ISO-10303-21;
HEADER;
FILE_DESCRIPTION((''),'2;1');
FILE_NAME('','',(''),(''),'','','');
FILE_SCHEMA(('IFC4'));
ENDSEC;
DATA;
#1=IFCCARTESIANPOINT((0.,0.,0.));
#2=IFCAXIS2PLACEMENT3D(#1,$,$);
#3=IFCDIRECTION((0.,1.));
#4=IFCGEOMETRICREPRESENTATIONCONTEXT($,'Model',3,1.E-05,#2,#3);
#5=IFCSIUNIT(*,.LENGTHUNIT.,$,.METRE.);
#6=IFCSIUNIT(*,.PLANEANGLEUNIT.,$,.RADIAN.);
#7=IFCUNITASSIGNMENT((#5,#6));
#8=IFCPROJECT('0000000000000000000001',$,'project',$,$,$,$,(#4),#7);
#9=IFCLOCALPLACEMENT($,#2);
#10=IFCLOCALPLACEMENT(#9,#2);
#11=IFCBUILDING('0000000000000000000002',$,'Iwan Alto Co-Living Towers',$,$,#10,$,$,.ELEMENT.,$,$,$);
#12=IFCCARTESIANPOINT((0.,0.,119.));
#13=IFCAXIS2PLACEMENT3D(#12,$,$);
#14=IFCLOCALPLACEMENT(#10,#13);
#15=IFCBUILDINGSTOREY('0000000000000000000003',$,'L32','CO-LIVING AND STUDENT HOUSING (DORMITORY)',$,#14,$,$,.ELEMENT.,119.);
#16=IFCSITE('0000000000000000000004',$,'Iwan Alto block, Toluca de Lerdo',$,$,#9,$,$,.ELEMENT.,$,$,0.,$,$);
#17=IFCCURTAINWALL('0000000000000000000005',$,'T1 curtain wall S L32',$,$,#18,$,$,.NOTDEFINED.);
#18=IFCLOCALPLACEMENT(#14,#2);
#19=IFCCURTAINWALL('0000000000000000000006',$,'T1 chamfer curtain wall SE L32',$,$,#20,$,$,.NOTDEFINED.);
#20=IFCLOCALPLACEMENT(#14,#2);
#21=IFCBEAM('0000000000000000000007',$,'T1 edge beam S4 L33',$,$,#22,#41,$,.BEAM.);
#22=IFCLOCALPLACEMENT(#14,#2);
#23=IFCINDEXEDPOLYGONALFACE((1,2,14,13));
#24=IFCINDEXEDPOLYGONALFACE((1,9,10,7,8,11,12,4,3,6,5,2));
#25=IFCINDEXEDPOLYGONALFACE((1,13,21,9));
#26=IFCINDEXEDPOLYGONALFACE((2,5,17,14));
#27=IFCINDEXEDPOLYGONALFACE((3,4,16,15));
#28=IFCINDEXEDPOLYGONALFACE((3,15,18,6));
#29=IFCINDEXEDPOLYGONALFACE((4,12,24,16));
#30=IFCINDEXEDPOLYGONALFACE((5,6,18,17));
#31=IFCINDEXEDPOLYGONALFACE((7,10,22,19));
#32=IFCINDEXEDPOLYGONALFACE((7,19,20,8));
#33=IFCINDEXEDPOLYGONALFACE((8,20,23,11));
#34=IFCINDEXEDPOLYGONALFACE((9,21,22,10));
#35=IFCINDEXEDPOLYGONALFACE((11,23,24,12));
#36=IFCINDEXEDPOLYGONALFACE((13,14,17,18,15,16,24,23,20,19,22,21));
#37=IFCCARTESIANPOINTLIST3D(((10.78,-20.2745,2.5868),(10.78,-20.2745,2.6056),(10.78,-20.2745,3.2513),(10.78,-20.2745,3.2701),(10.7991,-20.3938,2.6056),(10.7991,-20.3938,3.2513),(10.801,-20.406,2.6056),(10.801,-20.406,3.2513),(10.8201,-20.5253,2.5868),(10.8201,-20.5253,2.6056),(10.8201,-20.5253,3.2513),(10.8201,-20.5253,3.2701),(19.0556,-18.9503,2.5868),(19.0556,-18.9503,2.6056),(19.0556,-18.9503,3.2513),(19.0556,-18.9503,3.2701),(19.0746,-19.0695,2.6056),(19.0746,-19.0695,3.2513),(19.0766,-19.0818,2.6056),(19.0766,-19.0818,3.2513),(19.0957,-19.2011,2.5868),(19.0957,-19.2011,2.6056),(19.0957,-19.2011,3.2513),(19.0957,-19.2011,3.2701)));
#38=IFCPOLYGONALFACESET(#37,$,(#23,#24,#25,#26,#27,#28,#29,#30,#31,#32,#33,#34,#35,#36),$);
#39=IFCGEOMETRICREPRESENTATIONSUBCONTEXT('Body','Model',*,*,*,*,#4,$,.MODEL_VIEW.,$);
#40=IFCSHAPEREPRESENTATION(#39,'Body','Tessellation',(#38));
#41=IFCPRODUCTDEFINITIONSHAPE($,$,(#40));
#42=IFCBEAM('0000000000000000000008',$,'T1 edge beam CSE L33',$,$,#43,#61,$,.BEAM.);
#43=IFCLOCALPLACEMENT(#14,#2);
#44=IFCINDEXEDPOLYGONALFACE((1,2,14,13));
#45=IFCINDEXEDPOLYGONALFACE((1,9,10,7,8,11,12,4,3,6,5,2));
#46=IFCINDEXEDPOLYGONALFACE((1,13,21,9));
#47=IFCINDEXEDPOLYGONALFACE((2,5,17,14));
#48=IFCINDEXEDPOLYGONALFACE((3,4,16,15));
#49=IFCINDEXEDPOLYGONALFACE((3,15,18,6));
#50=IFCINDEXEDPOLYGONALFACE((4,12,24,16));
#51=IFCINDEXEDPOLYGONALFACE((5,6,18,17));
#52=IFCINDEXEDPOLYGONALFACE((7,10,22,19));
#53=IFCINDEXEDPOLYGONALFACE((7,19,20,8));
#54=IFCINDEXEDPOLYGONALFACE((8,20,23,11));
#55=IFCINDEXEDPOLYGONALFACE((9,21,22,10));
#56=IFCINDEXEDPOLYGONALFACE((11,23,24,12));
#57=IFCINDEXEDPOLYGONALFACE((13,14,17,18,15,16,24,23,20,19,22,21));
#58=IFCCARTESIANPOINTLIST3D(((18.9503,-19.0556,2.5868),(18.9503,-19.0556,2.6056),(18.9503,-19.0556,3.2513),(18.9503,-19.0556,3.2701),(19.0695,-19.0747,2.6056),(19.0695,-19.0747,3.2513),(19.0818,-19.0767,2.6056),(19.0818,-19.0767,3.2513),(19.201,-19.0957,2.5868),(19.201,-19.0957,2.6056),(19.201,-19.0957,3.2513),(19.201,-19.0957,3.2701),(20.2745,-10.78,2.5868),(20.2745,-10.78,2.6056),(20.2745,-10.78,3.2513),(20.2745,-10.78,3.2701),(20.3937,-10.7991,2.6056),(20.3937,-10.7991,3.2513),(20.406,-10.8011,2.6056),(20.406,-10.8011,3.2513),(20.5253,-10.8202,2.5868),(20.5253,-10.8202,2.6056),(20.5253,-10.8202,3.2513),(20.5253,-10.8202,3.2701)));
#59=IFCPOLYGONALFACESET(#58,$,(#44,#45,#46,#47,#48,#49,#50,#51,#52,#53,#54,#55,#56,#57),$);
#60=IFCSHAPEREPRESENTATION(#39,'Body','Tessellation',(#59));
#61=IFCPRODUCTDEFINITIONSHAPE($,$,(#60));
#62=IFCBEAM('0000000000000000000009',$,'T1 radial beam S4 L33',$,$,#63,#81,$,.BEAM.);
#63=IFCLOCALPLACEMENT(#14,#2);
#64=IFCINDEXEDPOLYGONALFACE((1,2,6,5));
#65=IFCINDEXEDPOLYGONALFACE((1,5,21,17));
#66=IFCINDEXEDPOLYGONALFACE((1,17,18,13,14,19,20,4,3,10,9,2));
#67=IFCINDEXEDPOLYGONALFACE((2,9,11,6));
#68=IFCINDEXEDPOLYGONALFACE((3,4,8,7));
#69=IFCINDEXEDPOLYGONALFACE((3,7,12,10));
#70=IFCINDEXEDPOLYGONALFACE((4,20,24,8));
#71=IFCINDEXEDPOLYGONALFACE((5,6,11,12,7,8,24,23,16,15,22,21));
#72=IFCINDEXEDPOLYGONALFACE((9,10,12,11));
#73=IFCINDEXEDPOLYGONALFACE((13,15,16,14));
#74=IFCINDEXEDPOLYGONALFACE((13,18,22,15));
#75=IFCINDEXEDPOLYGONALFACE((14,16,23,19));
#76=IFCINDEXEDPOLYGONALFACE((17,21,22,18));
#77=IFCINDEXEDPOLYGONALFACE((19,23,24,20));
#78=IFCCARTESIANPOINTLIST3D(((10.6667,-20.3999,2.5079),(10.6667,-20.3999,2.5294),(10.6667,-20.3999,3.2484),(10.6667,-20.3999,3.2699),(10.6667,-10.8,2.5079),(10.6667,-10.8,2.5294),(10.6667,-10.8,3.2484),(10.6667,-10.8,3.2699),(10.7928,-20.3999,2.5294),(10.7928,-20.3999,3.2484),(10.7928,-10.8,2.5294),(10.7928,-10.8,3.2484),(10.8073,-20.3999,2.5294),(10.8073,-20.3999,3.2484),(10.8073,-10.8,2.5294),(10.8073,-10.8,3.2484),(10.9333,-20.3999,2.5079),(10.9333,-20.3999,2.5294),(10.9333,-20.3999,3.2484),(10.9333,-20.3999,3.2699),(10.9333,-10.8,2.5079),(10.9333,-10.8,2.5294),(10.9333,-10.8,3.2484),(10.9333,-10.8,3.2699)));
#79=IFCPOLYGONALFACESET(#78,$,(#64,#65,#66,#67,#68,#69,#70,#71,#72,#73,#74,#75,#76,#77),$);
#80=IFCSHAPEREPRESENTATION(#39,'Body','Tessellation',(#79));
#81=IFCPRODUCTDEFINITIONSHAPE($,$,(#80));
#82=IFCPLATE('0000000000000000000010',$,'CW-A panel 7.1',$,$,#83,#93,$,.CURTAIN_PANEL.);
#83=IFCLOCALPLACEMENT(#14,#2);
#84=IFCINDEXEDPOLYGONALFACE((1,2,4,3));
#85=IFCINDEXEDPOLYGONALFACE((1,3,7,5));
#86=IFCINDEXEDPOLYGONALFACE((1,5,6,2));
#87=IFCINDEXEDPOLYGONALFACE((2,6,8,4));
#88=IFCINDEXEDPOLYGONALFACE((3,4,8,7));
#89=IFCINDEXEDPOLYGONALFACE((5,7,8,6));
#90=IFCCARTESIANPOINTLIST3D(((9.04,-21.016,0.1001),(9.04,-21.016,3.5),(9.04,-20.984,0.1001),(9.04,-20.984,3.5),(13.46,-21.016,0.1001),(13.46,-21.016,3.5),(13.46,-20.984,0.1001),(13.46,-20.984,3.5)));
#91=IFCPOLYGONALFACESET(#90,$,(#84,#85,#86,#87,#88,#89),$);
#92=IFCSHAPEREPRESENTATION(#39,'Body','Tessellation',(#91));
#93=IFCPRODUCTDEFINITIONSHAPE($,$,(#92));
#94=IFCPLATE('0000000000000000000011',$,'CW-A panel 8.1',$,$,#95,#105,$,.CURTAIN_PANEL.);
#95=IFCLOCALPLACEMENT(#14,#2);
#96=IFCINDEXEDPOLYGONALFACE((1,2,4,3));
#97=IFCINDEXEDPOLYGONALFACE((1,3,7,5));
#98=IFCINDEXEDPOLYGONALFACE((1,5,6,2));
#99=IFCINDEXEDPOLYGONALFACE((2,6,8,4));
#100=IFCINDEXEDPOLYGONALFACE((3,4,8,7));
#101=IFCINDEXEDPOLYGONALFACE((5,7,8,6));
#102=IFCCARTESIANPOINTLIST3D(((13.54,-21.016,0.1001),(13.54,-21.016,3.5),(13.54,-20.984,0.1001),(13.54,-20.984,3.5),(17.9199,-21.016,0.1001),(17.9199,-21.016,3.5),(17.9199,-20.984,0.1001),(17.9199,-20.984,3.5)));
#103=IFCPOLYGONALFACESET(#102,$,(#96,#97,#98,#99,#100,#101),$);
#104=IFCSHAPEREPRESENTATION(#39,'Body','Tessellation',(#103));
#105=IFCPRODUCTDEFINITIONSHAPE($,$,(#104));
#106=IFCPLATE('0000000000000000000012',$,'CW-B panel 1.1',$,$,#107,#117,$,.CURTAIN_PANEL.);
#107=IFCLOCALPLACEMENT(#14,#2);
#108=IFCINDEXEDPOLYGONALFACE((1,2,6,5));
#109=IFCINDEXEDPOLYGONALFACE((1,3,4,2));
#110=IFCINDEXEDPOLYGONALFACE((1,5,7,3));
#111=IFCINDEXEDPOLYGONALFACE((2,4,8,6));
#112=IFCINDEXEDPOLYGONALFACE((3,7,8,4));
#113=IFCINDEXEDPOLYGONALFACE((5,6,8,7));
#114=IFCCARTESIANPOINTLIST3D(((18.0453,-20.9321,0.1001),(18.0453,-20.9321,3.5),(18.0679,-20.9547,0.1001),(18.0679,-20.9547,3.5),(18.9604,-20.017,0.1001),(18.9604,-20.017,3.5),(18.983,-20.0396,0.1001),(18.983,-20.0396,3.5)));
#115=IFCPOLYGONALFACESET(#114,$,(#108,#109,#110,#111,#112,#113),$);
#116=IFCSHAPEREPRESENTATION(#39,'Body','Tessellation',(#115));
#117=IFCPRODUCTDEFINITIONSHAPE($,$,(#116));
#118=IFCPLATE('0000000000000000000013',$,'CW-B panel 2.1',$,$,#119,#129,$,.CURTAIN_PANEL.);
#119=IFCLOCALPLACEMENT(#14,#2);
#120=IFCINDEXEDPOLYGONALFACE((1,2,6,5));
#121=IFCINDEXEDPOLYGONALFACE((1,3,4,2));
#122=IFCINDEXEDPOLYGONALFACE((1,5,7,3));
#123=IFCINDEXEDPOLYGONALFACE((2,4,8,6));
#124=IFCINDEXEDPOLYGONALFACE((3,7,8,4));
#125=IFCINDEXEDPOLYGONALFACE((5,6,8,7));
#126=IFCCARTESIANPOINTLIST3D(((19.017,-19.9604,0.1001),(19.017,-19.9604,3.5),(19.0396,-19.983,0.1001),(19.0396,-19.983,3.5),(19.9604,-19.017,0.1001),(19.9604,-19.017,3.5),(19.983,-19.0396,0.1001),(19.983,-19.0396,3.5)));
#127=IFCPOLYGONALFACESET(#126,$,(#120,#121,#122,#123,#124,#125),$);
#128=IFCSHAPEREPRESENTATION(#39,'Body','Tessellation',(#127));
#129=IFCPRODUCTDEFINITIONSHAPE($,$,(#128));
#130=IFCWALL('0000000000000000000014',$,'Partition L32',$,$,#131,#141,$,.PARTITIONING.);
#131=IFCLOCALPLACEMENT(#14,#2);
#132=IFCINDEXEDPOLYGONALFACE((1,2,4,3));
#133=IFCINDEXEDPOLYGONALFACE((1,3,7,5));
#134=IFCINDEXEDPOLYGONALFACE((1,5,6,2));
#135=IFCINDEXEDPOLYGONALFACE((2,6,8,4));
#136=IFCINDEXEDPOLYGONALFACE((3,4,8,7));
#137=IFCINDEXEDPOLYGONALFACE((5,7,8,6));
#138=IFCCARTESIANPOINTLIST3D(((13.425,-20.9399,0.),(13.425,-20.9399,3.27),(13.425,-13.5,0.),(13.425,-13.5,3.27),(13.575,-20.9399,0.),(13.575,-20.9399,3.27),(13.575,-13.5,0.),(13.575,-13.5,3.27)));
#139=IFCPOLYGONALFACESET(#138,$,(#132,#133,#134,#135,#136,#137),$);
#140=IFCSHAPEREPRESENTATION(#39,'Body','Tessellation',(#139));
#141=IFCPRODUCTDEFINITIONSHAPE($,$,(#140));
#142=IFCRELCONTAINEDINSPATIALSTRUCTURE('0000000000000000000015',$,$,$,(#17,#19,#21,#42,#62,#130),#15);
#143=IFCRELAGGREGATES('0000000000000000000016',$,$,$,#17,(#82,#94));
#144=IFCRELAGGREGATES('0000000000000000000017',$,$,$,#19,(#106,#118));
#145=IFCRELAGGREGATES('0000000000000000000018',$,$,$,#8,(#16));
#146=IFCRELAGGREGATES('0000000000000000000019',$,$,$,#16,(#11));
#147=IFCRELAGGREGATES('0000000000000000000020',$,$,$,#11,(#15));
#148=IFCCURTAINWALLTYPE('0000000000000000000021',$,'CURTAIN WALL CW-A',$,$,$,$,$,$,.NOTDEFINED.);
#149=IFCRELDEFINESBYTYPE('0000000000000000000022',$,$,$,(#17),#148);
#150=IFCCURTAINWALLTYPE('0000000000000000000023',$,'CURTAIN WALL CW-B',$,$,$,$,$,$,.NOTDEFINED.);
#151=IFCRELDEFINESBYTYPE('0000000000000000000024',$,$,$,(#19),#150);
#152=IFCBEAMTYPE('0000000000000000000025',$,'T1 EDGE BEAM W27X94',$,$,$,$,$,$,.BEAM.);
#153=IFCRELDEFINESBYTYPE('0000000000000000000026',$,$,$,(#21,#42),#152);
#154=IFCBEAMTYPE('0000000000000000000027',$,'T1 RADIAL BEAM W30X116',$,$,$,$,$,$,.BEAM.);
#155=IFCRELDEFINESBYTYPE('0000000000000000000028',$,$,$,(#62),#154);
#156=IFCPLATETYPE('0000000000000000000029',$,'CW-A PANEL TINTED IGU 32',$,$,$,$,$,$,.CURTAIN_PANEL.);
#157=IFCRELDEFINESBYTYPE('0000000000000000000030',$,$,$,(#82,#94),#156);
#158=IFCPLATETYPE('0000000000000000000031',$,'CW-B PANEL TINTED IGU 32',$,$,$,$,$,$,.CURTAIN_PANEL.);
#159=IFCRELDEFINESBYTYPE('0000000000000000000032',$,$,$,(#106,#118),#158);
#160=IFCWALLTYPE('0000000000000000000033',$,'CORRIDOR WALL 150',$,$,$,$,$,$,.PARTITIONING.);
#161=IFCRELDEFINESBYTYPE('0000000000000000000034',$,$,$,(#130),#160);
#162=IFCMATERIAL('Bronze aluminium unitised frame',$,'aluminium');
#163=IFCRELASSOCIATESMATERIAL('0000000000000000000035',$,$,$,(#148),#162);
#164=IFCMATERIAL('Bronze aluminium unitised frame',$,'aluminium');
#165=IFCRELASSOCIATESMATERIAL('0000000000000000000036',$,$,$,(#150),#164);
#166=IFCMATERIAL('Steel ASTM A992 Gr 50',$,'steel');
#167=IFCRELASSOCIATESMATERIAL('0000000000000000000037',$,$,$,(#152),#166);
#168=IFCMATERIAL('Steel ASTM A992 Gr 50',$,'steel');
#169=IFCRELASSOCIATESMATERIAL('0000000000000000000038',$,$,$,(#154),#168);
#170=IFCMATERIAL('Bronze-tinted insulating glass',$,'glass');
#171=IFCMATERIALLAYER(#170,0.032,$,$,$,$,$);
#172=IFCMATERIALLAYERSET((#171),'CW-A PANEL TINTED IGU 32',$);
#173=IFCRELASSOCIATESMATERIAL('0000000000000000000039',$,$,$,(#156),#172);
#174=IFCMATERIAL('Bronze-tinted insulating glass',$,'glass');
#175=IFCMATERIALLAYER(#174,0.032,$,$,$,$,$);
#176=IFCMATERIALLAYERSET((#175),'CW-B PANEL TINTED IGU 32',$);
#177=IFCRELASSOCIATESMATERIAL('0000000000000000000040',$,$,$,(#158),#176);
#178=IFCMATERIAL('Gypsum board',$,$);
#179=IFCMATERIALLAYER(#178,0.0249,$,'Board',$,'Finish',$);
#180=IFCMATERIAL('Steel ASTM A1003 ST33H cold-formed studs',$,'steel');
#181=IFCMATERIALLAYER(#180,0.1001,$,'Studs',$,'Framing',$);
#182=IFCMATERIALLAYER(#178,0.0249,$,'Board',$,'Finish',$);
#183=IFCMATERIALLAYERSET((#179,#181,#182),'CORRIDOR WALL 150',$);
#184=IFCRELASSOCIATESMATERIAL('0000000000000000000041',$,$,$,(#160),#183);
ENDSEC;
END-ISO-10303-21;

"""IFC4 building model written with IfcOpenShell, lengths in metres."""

from ifc_helpers import new_model, si_unit, direction, frame, frame_2d, origin, origin_2d, place, context, subcontext, project, spatial, rectangle, i_section, extrude, material, layer, layer_set, material_profile, profile_set, type_object, element, aggregate, save


model = new_model("IFC4")

# Units and contexts
model_context = context("Model", 3, precision=1e-05, world=origin(), true_north=direction((0.0, 1.0)))
body_context = subcontext(model_context, "Body", "Model", "MODEL_VIEW")
ifc_project = project(units=[si_unit("LENGTHUNIT", "METRE"), si_unit("PLANEANGLEUNIT", "RADIAN")], contexts=[model_context])

# Site, building, storey
site_placement = place(None, origin())
site = spatial("IfcSite", under=ifc_project, at=site_placement, Name="Iwan Alto block, Toluca de Lerdo", CompositionType="ELEMENT", RefElevation=0.0)
building_placement = place(site_placement, origin())
building = spatial("IfcBuilding", under=site, at=building_placement, Name="Iwan Alto Co-Living Towers", CompositionType="ELEMENT")
storey_placement = place(building_placement, frame((0.0, 0.0, 119.0)))
storey = spatial("IfcBuildingStorey", under=building, at=storey_placement, Name="L32", Description="CO-LIVING AND STUDENT HOUSING (DORMITORY)", CompositionType="ELEMENT", Elevation=119.0)

# Curtain walls
ifc_material_1 = material(Name="Bronze aluminium unitised frame", Category="aluminium")
curtain_wall_type_1 = type_object("IfcCurtainWallType", Name="CURTAIN WALL CW-A", PredefinedType="NOTDEFINED", material=ifc_material_1)
curtain_wall_1_placement = place(storey_placement, origin())
curtain_wall_1 = element("IfcCurtainWall", 1, at=curtain_wall_1_placement, inside=storey, type_object=curtain_wall_type_1, Name="T1 curtain wall S L32", PredefinedType="NOTDEFINED")
ifc_material_2 = material(Name="Bronze aluminium unitised frame", Category="aluminium")
curtain_wall_type_2 = type_object("IfcCurtainWallType", Name="CURTAIN WALL CW-B", PredefinedType="NOTDEFINED", material=ifc_material_2)
curtain_wall_2_placement = place(storey_placement, origin())
curtain_wall_2 = element("IfcCurtainWall", 2, at=curtain_wall_2_placement, inside=storey, type_object=curtain_wall_type_2, Name="T1 chamfer curtain wall SE L32", PredefinedType="NOTDEFINED")

# Beams
ifc_material_3 = material(Name="Steel ASTM A992 Gr 50", Category="steel")
ifc_material_profile_1 = material_profile(ifc_material_3, i_section(OverallWidth=0.2539, OverallDepth=0.6833, WebThickness=0.0125, FlangeThickness=0.0188, at=origin_2d()), Name="W27X94")
ifc_profile_set_1 = profile_set([ifc_material_profile_1], Name="Steel ASTM A992 Gr 50")
beam_type_1 = type_object("IfcBeamType", Name="T1 EDGE BEAM W27X94", PredefinedType="BEAM", material=ifc_profile_set_1)
for number, where, z_axis, x_axis, name in (
    (3, (10.8, -20.3999, 2.9285), (0.987438, 0.158004, 0.0), (-0.158004, 0.987438, 0.0), "T1 edge beam S4 L33"),
    (4, (19.0757, -19.0757, 2.9285), (0.158004, 0.987438, 0.0), (-0.987438, 0.158004, 0.0), "T1 edge beam CSE L33"),
):
    element("IfcBeam", number, at=place(storey_placement, frame(where, z_axis=z_axis, x_axis=x_axis)), inside=storey, type_object=beam_type_1, Name=name, PredefinedType="BEAM", context=body_context, shape_type="SweptSolid", body=[
        extrude(i_section(OverallWidth=0.2539, OverallDepth=0.6833, WebThickness=0.0125, FlangeThickness=0.0188, at=origin_2d()), origin(), (0.0, 0.0, 1.0), 8.3809),
    ])
ifc_material_4 = material(Name="Steel ASTM A992 Gr 50", Category="steel")
ifc_material_profile_2 = material_profile(ifc_material_4, i_section(OverallWidth=0.2666, OverallDepth=0.762, WebThickness=0.0144, FlangeThickness=0.0215, at=origin_2d()), Name="W30X116")
ifc_profile_set_2 = profile_set([ifc_material_profile_2], Name="Steel ASTM A992 Gr 50")
beam_type_2 = type_object("IfcBeamType", Name="T1 RADIAL BEAM W30X116", PredefinedType="BEAM", material=ifc_profile_set_2)
beam_1_placement = place(storey_placement, frame((10.8, -20.3999, 2.8889), z_axis=(0.0, 1.0, 0.0), x_axis=(-1.0, 0.0, 0.0)))
element("IfcBeam", 5, at=beam_1_placement, inside=storey, type_object=beam_type_2, Name="T1 radial beam S4 L33", PredefinedType="BEAM", context=body_context, shape_type="SweptSolid", body=[
    extrude(i_section(OverallWidth=0.2666, OverallDepth=0.762, WebThickness=0.0144, FlangeThickness=0.0215, at=origin_2d()), origin(), (0.0, 0.0, 1.0), 9.5999),
])

# Plates
ifc_material_5 = material(Name="Bronze-tinted insulating glass", Category="glass")
ifc_layer_1 = layer(ifc_material_5, 0.032)
ifc_layer_set_1 = layer_set([ifc_layer_1], Name="CW-A PANEL TINTED IGU 32")
plate_type_1 = type_object("IfcPlateType", Name="CW-A PANEL TINTED IGU 32", PredefinedType="CURTAIN_PANEL", material=ifc_layer_set_1)
plate_1_placement = place(storey_placement, frame((11.25, -21.0, 0.1001), z_axis=(0.0, 0.0, 1.0), x_axis=(1.0, 0.0, 0.0)))
plate_1 = element("IfcPlate", 6, at=plate_1_placement, type_object=plate_type_1, Name="CW-A panel 7.1", PredefinedType="CURTAIN_PANEL", context=body_context, shape_type="SweptSolid", body=[
    extrude(rectangle(XDim=4.4199, YDim=0.032, at=origin_2d()), origin(), (0.0, 0.0, 1.0), 3.3999),
])
plate_2_placement = place(storey_placement, frame((15.73, -21.0, 0.1001), z_axis=(0.0, 0.0, 1.0), x_axis=(1.0, 0.0, 0.0)))
plate_2 = element("IfcPlate", 7, at=plate_2_placement, type_object=plate_type_1, Name="CW-A panel 8.1", PredefinedType="CURTAIN_PANEL", context=body_context, shape_type="SweptSolid", body=[
    extrude(rectangle(XDim=4.3799, YDim=0.032, at=origin_2d()), origin(), (0.0, 0.0, 1.0), 3.3999),
])
aggregate(curtain_wall_1, [plate_1, plate_2])
ifc_material_6 = material(Name="Bronze-tinted insulating glass", Category="glass")
ifc_layer_2 = layer(ifc_material_6, 0.032)
ifc_layer_set_2 = layer_set([ifc_layer_2], Name="CW-B PANEL TINTED IGU 32")
plate_type_2 = type_object("IfcPlateType", Name="CW-B PANEL TINTED IGU 32", PredefinedType="CURTAIN_PANEL", material=ifc_layer_set_2)
plate_3_placement = place(storey_placement, frame((18.5142, -20.4858, 0.1001), z_axis=(0.0, 0.0, 1.0), x_axis=(0.707107, 0.707107, 0.0)))
plate_3 = element("IfcPlate", 8, at=plate_3_placement, type_object=plate_type_2, Name="CW-B panel 1.1", PredefinedType="CURTAIN_PANEL", context=body_context, shape_type="SweptSolid", body=[
    extrude(rectangle(XDim=1.2942, YDim=0.032, at=origin_2d()), origin(), (0.0, 0.0, 1.0), 3.3999),
])
plate_4_placement = place(storey_placement, frame((19.5, -19.5, 0.1001), z_axis=(0.0, 0.0, 1.0), x_axis=(0.707107, 0.707107, 0.0)))
plate_4 = element("IfcPlate", 9, at=plate_4_placement, type_object=plate_type_2, Name="CW-B panel 2.1", PredefinedType="CURTAIN_PANEL", context=body_context, shape_type="SweptSolid", body=[
    extrude(rectangle(XDim=1.3342, YDim=0.032, at=origin_2d()), origin(), (0.0, 0.0, 1.0), 3.3999),
])
aggregate(curtain_wall_2, [plate_3, plate_4])

# Wall
ifc_material_7 = material(Name="Gypsum board")
ifc_layer_3 = layer(ifc_material_7, 0.0249, Name="Board", Category="Finish")
ifc_material_8 = material(Name="Steel ASTM A1003 ST33H cold-formed studs", Category="steel")
ifc_layer_4 = layer(ifc_material_8, 0.1001, Name="Studs", Category="Framing")
ifc_layer_5 = layer(ifc_material_7, 0.0249, Name="Board", Category="Finish")
ifc_layer_set_3 = layer_set([ifc_layer_3, ifc_layer_4, ifc_layer_5], Name="CORRIDOR WALL 150")
wall_type = type_object("IfcWallType", Name="CORRIDOR WALL 150", PredefinedType="PARTITIONING", material=ifc_layer_set_3)
wall_placement = place(storey_placement, frame((13.5, -20.9399, 0.0), z_axis=(0.0, 0.0, 1.0), x_axis=(0.0, 1.0, 0.0)))
element("IfcWall", 10, at=wall_placement, inside=storey, type_object=wall_type, Name="Partition L32", PredefinedType="PARTITIONING", context=body_context, shape_type="SweptSolid", body=[
    extrude(rectangle(XDim=7.4399, YDim=0.1499, at=frame_2d((3.72, 0.0))), origin(), (0.0, 0.0, 1.0), 3.27),
])

save(model, "model.ifc")
